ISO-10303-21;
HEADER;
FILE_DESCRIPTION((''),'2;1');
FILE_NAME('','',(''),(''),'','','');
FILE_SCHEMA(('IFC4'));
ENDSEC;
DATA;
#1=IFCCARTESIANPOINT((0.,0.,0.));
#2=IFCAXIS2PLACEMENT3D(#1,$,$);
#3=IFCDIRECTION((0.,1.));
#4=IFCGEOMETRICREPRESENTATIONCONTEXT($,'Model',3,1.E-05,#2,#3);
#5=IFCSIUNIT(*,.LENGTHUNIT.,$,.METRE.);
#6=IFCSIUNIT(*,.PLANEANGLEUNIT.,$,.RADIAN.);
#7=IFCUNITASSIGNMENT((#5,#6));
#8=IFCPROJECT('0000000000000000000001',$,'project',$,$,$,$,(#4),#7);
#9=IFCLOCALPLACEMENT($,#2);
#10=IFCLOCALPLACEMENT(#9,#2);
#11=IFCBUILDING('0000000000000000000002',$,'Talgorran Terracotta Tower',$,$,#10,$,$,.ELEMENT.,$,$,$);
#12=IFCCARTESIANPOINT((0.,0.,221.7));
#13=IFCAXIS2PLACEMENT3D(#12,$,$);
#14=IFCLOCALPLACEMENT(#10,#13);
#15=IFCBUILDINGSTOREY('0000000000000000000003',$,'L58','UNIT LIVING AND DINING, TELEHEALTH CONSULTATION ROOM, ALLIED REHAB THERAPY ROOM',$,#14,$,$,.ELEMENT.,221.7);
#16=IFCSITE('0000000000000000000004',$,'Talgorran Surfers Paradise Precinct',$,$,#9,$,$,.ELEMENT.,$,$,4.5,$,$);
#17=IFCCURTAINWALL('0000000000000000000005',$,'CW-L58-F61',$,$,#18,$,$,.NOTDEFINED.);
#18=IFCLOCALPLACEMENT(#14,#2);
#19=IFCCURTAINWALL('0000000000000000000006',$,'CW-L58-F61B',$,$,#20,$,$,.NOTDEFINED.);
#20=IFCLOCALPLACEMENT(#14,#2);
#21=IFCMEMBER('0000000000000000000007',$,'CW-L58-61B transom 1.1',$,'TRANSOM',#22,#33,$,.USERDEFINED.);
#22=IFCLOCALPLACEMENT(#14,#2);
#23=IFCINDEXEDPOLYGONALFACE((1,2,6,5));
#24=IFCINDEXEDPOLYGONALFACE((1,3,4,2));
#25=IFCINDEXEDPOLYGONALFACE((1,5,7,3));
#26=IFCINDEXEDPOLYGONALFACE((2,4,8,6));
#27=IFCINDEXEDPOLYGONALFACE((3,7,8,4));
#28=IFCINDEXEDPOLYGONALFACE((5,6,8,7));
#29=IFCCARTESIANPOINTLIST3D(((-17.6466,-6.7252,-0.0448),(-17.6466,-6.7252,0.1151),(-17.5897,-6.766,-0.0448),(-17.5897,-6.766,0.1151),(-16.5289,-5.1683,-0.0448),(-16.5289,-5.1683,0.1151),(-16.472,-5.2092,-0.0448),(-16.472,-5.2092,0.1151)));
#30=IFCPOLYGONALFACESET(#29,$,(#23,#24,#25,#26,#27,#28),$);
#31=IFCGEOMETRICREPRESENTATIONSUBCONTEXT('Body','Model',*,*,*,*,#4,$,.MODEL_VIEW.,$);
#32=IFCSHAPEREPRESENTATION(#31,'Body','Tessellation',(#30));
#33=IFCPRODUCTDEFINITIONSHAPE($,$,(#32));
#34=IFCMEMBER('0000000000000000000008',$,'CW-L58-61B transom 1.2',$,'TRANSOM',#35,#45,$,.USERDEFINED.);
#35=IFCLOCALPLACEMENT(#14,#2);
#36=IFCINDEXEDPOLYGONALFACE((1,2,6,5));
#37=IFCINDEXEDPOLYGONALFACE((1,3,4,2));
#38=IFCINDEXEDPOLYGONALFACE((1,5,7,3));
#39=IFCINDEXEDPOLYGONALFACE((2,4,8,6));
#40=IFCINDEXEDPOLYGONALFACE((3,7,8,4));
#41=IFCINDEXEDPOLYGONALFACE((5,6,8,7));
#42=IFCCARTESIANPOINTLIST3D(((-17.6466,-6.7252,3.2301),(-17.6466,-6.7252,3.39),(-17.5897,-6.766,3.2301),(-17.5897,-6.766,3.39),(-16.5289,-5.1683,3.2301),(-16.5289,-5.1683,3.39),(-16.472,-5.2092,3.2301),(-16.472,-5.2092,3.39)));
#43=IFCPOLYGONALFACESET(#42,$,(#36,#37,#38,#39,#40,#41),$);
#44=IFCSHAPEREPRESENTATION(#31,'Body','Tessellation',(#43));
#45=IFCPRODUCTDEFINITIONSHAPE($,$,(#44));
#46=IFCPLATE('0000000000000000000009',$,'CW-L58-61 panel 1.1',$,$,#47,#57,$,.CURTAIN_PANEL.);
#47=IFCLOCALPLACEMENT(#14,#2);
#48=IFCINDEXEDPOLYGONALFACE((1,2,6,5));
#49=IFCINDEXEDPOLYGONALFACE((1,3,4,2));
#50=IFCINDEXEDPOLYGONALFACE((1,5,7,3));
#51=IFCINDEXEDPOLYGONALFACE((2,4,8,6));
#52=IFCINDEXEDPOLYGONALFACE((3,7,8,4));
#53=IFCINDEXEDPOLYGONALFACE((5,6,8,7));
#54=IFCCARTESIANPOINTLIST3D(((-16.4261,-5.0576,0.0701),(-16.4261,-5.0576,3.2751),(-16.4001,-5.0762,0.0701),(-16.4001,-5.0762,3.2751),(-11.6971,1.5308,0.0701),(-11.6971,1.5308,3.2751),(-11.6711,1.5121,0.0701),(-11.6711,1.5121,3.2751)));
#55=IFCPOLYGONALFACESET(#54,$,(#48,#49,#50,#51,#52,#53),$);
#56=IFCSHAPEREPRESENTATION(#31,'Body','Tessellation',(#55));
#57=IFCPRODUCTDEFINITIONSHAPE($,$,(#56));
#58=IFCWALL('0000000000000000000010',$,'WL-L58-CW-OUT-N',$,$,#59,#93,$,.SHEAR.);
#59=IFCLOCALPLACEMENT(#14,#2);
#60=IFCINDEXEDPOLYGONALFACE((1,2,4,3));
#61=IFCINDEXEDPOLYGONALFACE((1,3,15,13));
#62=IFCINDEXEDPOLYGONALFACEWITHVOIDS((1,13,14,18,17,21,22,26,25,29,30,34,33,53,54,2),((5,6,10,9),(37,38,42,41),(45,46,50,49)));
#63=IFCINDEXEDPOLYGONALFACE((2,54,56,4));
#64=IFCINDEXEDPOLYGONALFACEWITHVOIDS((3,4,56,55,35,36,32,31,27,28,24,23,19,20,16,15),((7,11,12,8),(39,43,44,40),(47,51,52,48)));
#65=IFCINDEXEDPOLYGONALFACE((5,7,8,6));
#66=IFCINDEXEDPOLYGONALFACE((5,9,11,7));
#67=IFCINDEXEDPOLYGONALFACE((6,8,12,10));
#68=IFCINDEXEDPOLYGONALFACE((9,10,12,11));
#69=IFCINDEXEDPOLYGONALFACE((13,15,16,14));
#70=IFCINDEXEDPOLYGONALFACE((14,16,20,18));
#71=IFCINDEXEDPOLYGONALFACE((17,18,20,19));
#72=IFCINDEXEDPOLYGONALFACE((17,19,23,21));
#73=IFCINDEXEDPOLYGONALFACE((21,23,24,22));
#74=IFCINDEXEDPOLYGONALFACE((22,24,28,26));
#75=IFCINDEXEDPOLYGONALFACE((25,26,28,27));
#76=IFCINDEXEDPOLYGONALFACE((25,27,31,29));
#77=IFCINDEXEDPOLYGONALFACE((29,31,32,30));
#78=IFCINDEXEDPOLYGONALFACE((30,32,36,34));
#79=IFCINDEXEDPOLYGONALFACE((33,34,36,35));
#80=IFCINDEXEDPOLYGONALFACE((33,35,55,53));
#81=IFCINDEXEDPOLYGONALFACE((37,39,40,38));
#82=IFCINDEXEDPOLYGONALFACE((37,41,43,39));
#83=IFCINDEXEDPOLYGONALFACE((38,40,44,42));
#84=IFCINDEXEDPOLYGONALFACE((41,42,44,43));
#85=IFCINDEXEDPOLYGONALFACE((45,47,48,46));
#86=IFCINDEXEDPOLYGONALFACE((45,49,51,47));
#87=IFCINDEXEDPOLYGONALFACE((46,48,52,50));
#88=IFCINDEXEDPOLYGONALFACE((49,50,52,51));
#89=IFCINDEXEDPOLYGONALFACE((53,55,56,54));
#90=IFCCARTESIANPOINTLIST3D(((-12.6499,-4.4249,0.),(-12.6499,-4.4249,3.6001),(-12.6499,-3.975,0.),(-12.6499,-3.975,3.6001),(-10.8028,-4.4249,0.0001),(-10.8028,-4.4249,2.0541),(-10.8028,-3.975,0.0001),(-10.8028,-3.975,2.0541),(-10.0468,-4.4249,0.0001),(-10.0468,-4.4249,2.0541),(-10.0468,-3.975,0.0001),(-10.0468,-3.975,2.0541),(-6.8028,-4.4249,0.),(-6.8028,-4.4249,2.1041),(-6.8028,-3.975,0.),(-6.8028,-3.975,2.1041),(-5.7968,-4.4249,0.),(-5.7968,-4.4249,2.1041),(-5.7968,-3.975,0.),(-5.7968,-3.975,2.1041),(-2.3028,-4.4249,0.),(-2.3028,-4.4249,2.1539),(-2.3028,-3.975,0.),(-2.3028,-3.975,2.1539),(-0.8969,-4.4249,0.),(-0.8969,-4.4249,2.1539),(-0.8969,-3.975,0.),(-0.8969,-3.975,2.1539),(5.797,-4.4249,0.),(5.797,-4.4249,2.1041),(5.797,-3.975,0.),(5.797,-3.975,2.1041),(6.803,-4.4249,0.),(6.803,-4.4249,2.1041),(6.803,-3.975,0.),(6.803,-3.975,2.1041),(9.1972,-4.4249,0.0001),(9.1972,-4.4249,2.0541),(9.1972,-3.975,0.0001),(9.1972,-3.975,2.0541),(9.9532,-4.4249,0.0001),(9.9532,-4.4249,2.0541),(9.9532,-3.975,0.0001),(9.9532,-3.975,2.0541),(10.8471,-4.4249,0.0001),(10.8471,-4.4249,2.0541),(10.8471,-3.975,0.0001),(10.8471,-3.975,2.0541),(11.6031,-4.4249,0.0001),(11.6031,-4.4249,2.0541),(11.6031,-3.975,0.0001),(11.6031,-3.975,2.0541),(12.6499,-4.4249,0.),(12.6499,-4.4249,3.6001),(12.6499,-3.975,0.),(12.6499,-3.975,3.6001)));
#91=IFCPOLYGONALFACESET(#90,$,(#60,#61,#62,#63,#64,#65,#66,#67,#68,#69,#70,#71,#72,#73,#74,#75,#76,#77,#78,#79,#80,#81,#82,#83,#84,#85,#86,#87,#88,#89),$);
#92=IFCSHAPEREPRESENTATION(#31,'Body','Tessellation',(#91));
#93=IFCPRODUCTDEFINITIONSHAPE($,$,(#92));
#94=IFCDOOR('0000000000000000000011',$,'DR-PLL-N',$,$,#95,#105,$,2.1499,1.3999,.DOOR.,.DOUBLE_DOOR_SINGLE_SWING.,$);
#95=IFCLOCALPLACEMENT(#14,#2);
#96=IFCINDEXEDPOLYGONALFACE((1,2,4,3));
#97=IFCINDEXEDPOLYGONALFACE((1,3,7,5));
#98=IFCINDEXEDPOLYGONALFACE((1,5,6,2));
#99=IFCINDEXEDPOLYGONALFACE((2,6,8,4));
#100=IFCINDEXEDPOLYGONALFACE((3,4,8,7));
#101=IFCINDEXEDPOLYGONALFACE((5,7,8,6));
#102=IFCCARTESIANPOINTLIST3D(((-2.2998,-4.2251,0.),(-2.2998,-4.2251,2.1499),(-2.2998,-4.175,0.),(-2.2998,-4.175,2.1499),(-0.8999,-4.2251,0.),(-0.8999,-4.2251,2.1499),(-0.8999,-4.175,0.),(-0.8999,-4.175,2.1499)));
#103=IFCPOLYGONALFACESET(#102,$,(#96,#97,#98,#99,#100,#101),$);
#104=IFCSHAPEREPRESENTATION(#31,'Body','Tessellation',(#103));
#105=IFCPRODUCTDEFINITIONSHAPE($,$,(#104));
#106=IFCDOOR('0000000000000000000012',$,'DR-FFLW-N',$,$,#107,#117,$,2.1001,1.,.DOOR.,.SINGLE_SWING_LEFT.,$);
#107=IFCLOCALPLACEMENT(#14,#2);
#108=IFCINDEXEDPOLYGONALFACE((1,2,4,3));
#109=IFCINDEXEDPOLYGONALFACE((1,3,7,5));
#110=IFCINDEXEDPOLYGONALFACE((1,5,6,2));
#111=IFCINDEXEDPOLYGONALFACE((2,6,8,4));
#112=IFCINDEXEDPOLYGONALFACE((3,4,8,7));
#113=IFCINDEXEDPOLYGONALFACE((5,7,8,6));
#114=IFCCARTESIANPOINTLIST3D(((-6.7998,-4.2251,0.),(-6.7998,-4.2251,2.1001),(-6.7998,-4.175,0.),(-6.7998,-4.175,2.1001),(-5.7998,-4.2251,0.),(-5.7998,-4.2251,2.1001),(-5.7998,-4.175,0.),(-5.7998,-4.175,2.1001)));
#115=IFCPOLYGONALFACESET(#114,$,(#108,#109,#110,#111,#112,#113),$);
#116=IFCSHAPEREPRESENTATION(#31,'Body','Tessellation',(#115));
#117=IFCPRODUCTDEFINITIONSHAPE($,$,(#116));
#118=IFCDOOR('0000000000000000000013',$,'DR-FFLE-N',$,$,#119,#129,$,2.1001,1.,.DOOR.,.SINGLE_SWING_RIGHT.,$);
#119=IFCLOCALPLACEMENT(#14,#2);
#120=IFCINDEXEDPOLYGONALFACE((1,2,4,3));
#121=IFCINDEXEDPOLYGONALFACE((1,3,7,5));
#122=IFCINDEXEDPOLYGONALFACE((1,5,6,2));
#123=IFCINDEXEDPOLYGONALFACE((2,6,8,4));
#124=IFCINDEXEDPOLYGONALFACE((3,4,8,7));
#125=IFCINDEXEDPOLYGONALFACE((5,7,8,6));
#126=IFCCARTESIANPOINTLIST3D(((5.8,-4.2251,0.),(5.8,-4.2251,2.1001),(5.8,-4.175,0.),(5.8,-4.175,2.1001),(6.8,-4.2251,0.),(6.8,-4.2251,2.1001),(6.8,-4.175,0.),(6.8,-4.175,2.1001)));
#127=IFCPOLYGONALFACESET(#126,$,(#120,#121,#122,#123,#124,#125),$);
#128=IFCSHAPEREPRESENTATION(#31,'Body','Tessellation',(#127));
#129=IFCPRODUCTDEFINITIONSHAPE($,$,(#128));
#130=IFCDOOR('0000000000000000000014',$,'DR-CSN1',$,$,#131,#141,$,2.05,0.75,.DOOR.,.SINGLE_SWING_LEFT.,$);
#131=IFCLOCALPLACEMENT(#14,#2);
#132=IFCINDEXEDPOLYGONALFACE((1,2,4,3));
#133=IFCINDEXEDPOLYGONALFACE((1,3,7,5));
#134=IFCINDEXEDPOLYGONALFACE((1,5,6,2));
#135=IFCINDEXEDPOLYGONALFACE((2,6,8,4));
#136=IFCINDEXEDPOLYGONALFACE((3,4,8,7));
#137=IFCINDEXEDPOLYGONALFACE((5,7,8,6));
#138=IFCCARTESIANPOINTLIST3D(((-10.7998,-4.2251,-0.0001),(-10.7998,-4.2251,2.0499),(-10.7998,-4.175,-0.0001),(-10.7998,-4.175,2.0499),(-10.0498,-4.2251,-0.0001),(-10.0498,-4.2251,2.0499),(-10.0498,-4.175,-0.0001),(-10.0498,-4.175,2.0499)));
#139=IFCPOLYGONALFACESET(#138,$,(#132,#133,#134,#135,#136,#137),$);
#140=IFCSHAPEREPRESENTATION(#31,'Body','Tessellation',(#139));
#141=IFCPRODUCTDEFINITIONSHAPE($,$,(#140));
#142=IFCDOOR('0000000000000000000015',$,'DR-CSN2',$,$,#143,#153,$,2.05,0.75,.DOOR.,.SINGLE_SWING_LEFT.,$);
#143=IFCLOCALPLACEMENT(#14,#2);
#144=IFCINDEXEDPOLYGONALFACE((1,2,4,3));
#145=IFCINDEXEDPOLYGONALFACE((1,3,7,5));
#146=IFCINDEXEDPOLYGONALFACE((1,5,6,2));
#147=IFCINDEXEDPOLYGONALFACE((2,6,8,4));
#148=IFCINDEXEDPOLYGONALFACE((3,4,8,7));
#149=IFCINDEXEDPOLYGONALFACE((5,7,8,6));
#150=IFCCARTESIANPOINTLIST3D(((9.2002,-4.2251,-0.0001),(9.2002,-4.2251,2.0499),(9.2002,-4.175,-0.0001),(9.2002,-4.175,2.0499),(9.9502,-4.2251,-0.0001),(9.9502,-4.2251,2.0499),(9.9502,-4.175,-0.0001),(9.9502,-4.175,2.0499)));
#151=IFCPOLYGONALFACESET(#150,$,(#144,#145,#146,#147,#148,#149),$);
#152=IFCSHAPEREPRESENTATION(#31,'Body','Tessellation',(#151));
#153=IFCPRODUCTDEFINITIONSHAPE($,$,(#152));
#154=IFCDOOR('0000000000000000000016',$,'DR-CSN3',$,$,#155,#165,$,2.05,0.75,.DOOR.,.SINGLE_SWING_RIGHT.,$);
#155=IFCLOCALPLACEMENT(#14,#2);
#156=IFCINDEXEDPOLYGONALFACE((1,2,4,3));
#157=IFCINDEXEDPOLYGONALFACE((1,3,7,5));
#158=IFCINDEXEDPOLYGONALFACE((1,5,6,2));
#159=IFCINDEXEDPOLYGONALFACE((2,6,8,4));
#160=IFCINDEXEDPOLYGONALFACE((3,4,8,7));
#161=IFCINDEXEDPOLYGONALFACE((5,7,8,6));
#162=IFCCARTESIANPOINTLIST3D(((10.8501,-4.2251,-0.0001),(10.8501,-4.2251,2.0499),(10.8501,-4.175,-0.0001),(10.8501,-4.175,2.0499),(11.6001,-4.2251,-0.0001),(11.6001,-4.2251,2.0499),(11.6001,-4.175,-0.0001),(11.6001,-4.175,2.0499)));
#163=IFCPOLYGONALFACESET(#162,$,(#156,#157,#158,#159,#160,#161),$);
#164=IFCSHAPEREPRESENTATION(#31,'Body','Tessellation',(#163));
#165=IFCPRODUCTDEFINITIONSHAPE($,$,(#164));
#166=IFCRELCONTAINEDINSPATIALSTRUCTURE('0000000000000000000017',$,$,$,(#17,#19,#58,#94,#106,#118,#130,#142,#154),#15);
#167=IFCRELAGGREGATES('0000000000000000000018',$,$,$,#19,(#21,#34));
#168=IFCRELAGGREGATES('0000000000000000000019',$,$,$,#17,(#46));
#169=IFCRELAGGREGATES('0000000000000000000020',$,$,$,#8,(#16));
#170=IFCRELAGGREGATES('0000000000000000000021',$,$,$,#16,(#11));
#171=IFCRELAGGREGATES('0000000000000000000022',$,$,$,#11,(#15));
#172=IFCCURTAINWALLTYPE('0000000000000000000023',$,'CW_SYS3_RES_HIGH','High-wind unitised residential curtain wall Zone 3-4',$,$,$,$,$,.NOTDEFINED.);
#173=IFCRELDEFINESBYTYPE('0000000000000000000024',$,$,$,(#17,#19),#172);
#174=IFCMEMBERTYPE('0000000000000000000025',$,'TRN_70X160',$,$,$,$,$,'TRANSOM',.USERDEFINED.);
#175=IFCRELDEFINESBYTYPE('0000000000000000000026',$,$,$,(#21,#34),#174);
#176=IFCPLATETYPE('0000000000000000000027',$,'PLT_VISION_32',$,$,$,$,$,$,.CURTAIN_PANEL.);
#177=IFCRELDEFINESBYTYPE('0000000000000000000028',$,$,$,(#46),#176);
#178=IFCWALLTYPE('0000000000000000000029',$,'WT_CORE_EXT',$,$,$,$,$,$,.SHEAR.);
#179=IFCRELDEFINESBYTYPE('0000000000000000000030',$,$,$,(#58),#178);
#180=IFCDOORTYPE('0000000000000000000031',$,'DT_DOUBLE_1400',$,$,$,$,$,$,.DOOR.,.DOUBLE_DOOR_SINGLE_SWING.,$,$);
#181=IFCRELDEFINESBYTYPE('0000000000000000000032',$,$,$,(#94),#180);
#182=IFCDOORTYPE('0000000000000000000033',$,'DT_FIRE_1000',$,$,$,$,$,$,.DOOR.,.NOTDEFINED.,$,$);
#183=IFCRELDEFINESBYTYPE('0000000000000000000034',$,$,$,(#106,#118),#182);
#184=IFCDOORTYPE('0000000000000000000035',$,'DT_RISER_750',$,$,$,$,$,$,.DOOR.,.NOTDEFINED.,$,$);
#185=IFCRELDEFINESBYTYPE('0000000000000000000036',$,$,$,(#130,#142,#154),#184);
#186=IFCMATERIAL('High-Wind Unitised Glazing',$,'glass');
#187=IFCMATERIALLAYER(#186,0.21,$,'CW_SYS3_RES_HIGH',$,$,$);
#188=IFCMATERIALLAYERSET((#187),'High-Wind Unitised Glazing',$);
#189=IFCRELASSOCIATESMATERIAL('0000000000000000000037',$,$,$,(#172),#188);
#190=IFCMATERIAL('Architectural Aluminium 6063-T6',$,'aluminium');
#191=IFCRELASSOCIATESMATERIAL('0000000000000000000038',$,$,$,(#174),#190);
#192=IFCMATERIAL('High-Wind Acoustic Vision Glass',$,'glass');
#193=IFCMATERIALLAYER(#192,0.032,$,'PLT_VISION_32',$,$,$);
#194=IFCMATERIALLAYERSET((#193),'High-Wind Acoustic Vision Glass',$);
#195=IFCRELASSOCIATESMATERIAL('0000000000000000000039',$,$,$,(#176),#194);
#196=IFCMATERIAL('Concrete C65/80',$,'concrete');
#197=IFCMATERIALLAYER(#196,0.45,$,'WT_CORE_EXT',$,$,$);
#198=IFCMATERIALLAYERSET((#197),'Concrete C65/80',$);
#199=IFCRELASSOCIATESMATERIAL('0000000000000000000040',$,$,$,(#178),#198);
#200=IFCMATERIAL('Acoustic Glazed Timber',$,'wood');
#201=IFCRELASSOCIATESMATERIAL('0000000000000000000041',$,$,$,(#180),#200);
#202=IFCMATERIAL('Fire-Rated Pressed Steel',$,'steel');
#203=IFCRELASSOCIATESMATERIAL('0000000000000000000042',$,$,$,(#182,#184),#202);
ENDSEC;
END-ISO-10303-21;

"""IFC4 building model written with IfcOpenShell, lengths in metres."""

from ifc_helpers import new_model, si_unit, direction, frame, frame_2d, origin, origin_2d, place, context, subcontext, project, spatial, rectangle, extrude, source, transform, mapped, material, layer, layer_set, material_profile, profile_set, type_object, type_shapes, element, fill, aggregate, save


model = new_model("IFC4")

# Units and contexts
model_context = context("Model", 3, precision=1e-05, world=origin(), true_north=direction((0.0, 1.0)))
body_context = subcontext(model_context, "Body", "Model", "MODEL_VIEW")
ifc_project = project(units=[si_unit("LENGTHUNIT", "METRE"), si_unit("PLANEANGLEUNIT", "RADIAN")], contexts=[model_context])

# Site, building, storey
site_placement = place(None, origin())
site = spatial("IfcSite", under=ifc_project, at=site_placement, Name="Talgorran Surfers Paradise Precinct", CompositionType="ELEMENT", RefElevation=4.5)
building_placement = place(site_placement, origin())
building = spatial("IfcBuilding", under=site, at=building_placement, Name="Talgorran Terracotta Tower", CompositionType="ELEMENT")
storey_placement = place(building_placement, frame((0.0, 0.0, 221.7)))
storey = spatial("IfcBuildingStorey", under=building, at=storey_placement, Name="L58", Description="UNIT LIVING AND DINING, TELEHEALTH CONSULTATION ROOM, ALLIED REHAB THERAPY ROOM", CompositionType="ELEMENT", Elevation=221.7)

# Curtain wall
ifc_material_1 = material(Name="High-Wind Unitised Glazing", Category="glass")
ifc_layer_1 = layer(ifc_material_1, 0.21, Name="CW_SYS3_RES_HIGH")
ifc_layer_set_1 = layer_set([ifc_layer_1], Name="High-Wind Unitised Glazing")
curtain_wall_type = type_object("IfcCurtainWallType", Name="CW_SYS3_RES_HIGH", Description="High-wind unitised residential curtain wall Zone 3-4", PredefinedType="NOTDEFINED", material=ifc_layer_set_1)
curtain_wall_1_placement = place(storey_placement, origin())
curtain_wall_1 = element("IfcCurtainWall", 1, at=curtain_wall_1_placement, inside=storey, type_object=curtain_wall_type, Name="CW-L58-F61", PredefinedType="NOTDEFINED")
ifc_material_2 = material(Name="Architectural Aluminium 6063-T6", Category="aluminium")

# Curtain wall, members
curtain_wall_2_placement = place(storey_placement, origin())
curtain_wall_2 = element("IfcCurtainWall", 2, at=curtain_wall_2_placement, inside=storey, type_object=curtain_wall_type, Name="CW-L58-F61B", PredefinedType="NOTDEFINED")
ifc_material_profile_1 = material_profile(ifc_material_2, rectangle(XDim=0.0701, YDim=0.1599, at=origin_2d()), Name="CWT70X160")
ifc_profile_set_1 = profile_set([ifc_material_profile_1], Name="Architectural Aluminium 6063-T6")
member_type_1 = type_object("IfcMemberType", Name="TRN_70X160", ElementType="TRANSOM", PredefinedType="USERDEFINED", material=ifc_profile_set_1)
member_1_placement = place(storey_placement, frame((-16.5005, -5.1887, 0.0352), z_axis=(-0.583177, -0.812345, 0.0), x_axis=(0.812345, -0.583177, 0.0)))
member_1 = element("IfcMember", 3, at=member_1_placement, type_object=member_type_1, Name="CW-L58-61B transom 1.1", ObjectType="TRANSOM", PredefinedType="USERDEFINED", context=body_context, shape_type="SweptSolid", body=[
    extrude(rectangle(XDim=0.0701, YDim=0.1599, at=origin_2d()), origin(), (0.0, 0.0, 1.0), 1.9165),
])
member_2_placement = place(storey_placement, frame((-16.5005, -5.1887, 3.3101), z_axis=(-0.583177, -0.812345, 0.0), x_axis=(0.812345, -0.583177, 0.0)))
member_2 = element("IfcMember", 4, at=member_2_placement, type_object=member_type_1, Name="CW-L58-61B transom 1.2", ObjectType="TRANSOM", PredefinedType="USERDEFINED", context=body_context, shape_type="SweptSolid", body=[
    extrude(rectangle(XDim=0.0701, YDim=0.1599, at=origin_2d()), origin(), (0.0, 0.0, 1.0), 1.9165),
])
aggregate(curtain_wall_2, [member_1, member_2])

# Plate
ifc_material_3 = material(Name="High-Wind Acoustic Vision Glass", Category="glass")
ifc_layer_2 = layer(ifc_material_3, 0.032, Name="PLT_VISION_32")
ifc_layer_set_2 = layer_set([ifc_layer_2], Name="High-Wind Acoustic Vision Glass")
plate_type = type_object("IfcPlateType", Name="PLT_VISION_32", PredefinedType="CURTAIN_PANEL", material=ifc_layer_set_2)
shared_shape = source(origin(), body_context, "Body", "SweptSolid", [
    extrude(rectangle(XDim=8.1099, YDim=0.032, at=origin_2d()), origin(), (0.0, 0.0, 1.0), 3.2051),
])
type_shapes(plate_type, [shared_shape])
plate_placement = place(storey_placement, frame((-14.0486, -1.7727, 0.0701), z_axis=(0.0, 0.0, 1.0), x_axis=(-0.583119, -0.812386, 0.0)))
plate = element("IfcPlate", 5, at=plate_placement, type_object=plate_type, Name="CW-L58-61 panel 1.1", PredefinedType="CURTAIN_PANEL", context=body_context, shape_type="MappedRepresentation", body=[
    mapped(shared_shape, transform((0.0, 0.0, 0.0), scale=1.0)),
])
aggregate(curtain_wall_1, [plate])

# Wall, openings, doors
ifc_material_4 = material(Name="Concrete C65/80", Category="concrete")
ifc_layer_3 = layer(ifc_material_4, 0.45, Name="WT_CORE_EXT")
ifc_layer_set_3 = layer_set([ifc_layer_3], Name="Concrete C65/80")
wall_type_1 = type_object("IfcWallType", Name="WT_CORE_EXT", PredefinedType="SHEAR", material=ifc_layer_set_3)
wall_1_placement = place(storey_placement, frame((-12.6499, -4.2, 0.0), z_axis=(0.0, 0.0, 1.0), x_axis=(1.0, 0.0, 0.0)))
wall_1 = element("IfcWall", 6, at=wall_1_placement, inside=storey, type_object=wall_type_1, Name="WL-L58-CW-OUT-N", PredefinedType="SHEAR", context=body_context, shape_type="SweptSolid", body=[
    extrude(rectangle(XDim=25.2998, YDim=0.45, at=frame_2d((12.6499, 0.0))), origin(), (0.0, 0.0, 1.0), 3.6001),
])
opening_1_placement = place(wall_1_placement, frame((1.8501, 0.0, 0.0)))
opening_1 = element("IfcOpeningElement", 7, at=opening_1_placement, cuts=wall_1, PredefinedType="OPENING", context=body_context, shape_type="SweptSolid", body=[
    extrude(rectangle(XDim=0.756, YDim=2.054, at=frame_2d((0.375, 1.0271))), frame((0.0, 0.2349, 0.0), z_axis=(0.0, -1.0, 0.0), x_axis=(1.0, 0.0, 0.0)), (0.0, 0.0, 1.0), 0.47),
])
opening_2_placement = place(wall_1_placement, frame((21.8501, 0.0, 0.0)))
opening_2 = element("IfcOpeningElement", 8, at=opening_2_placement, cuts=wall_1, PredefinedType="OPENING", context=body_context, shape_type="SweptSolid", body=[
    extrude(rectangle(XDim=0.756, YDim=2.054, at=frame_2d((0.375, 1.0271))), frame((0.0, 0.2349, 0.0), z_axis=(0.0, -1.0, 0.0), x_axis=(1.0, 0.0, 0.0)), (0.0, 0.0, 1.0), 0.47),
])
opening_3_placement = place(wall_1_placement, frame((23.5, 0.0, 0.0)))
opening_3 = element("IfcOpeningElement", 9, at=opening_3_placement, cuts=wall_1, PredefinedType="OPENING", context=body_context, shape_type="SweptSolid", body=[
    extrude(rectangle(XDim=0.756, YDim=2.054, at=frame_2d((0.375, 1.0271))), frame((0.0, 0.2349, 0.0), z_axis=(0.0, -1.0, 0.0), x_axis=(1.0, 0.0, 0.0)), (0.0, 0.0, 1.0), 0.47),
])
opening_4_placement = place(wall_1_placement, frame((5.8501, 0.0, 0.0)))
opening_4 = element("IfcOpeningElement", 10, at=opening_4_placement, cuts=wall_1, PredefinedType="OPENING", context=body_context, shape_type="SweptSolid", body=[
    extrude(rectangle(XDim=1.006, YDim=2.1041, at=frame_2d((0.5, 1.052))), frame((0.0, 0.2349, 0.0), z_axis=(0.0, -1.0, 0.0), x_axis=(1.0, 0.0, 0.0)), (0.0, 0.0, 1.0), 0.47),
])
opening_5_placement = place(wall_1_placement, frame((10.3501, 0.0, 0.0)))
opening_5 = element("IfcOpeningElement", 11, at=opening_5_placement, cuts=wall_1, PredefinedType="OPENING", context=body_context, shape_type="SweptSolid", body=[
    extrude(rectangle(XDim=1.4059, YDim=2.1539, at=frame_2d((0.7, 1.0769))), frame((0.0, 0.2349, 0.0), z_axis=(0.0, -1.0, 0.0), x_axis=(1.0, 0.0, 0.0)), (0.0, 0.0, 1.0), 0.47),
])
opening_6_placement = place(wall_1_placement, frame((18.45, 0.0, 0.0)))
opening_6 = element("IfcOpeningElement", 12, at=opening_6_placement, cuts=wall_1, PredefinedType="OPENING", context=body_context, shape_type="SweptSolid", body=[
    extrude(rectangle(XDim=1.006, YDim=2.1041, at=frame_2d((0.5, 1.052))), frame((0.0, 0.2349, 0.0), z_axis=(0.0, -1.0, 0.0), x_axis=(1.0, 0.0, 0.0)), (0.0, 0.0, 1.0), 0.47),
])
ifc_material_5 = material(Name="Acoustic Glazed Timber", Category="wood")
door_type_1 = type_object("IfcDoorType", Name="DT_DOUBLE_1400", OperationType="DOUBLE_DOOR_SINGLE_SWING", PredefinedType="DOOR", material=ifc_material_5)
door_1_placement = place(opening_5_placement, origin())
door_1 = element("IfcDoor", 13, at=door_1_placement, inside=storey, type_object=door_type_1, Name="DR-PLL-N", OperationType="DOUBLE_DOOR_SINGLE_SWING", OverallHeight=2.1499, OverallWidth=1.3999, PredefinedType="DOOR", context=body_context, shape_type="SweptSolid", body=[
    extrude(rectangle(XDim=1.3999, YDim=2.1499, at=frame_2d((0.7, 1.075))), frame((0.0, 0.0249, 0.0), z_axis=(0.0, -1.0, 0.0), x_axis=(1.0, 0.0, 0.0)), (0.0, 0.0, 1.0), 0.05),
])
fill(opening_5, door_1)
ifc_material_6 = material(Name="Fire-Rated Pressed Steel", Category="steel")
door_type_2 = type_object("IfcDoorType", Name="DT_FIRE_1000", OperationType="NOTDEFINED", PredefinedType="DOOR", material=ifc_material_6)
door_2_placement = place(opening_4_placement, origin())
door_2 = element("IfcDoor", 14, at=door_2_placement, inside=storey, type_object=door_type_2, Name="DR-FFLW-N", OperationType="SINGLE_SWING_LEFT", OverallHeight=2.1001, OverallWidth=1.0, PredefinedType="DOOR", context=body_context, shape_type="SweptSolid", body=[
    extrude(rectangle(XDim=1.0, YDim=2.1001, at=frame_2d((0.5, 1.05))), frame((0.0, 0.0249, 0.0), z_axis=(0.0, -1.0, 0.0), x_axis=(1.0, 0.0, 0.0)), (0.0, 0.0, 1.0), 0.05),
])
fill(opening_4, door_2)
door_3_placement = place(opening_6_placement, origin())
door_3 = element("IfcDoor", 15, at=door_3_placement, inside=storey, type_object=door_type_2, Name="DR-FFLE-N", OperationType="SINGLE_SWING_RIGHT", OverallHeight=2.1001, OverallWidth=1.0, PredefinedType="DOOR", context=body_context, shape_type="SweptSolid", body=[
    extrude(rectangle(XDim=1.0, YDim=2.1001, at=frame_2d((0.5, 1.05))), frame((0.0, 0.0249, 0.0), z_axis=(0.0, -1.0, 0.0), x_axis=(1.0, 0.0, 0.0)), (0.0, 0.0, 1.0), 0.05),
])
fill(opening_6, door_3)
door_type_3 = type_object("IfcDoorType", Name="DT_RISER_750", OperationType="NOTDEFINED", PredefinedType="DOOR", material=ifc_material_6)
door_4_placement = place(opening_1_placement, origin())
door_4 = element("IfcDoor", 16, at=door_4_placement, inside=storey, type_object=door_type_3, Name="DR-CSN1", OperationType="SINGLE_SWING_LEFT", OverallHeight=2.05, OverallWidth=0.75, PredefinedType="DOOR", context=body_context, shape_type="SweptSolid", body=[
    extrude(rectangle(XDim=0.75, YDim=2.05, at=frame_2d((0.375, 1.0249))), frame((0.0, 0.0249, 0.0), z_axis=(0.0, -1.0, 0.0), x_axis=(1.0, 0.0, 0.0)), (0.0, 0.0, 1.0), 0.05),
])
fill(opening_1, door_4)
door_5_placement = place(opening_2_placement, origin())
door_5 = element("IfcDoor", 17, at=door_5_placement, inside=storey, type_object=door_type_3, Name="DR-CSN2", OperationType="SINGLE_SWING_LEFT", OverallHeight=2.05, OverallWidth=0.75, PredefinedType="DOOR", context=body_context, shape_type="SweptSolid", body=[
    extrude(rectangle(XDim=0.75, YDim=2.05, at=frame_2d((0.375, 1.0249))), frame((0.0, 0.0249, 0.0), z_axis=(0.0, -1.0, 0.0), x_axis=(1.0, 0.0, 0.0)), (0.0, 0.0, 1.0), 0.05),
])
fill(opening_2, door_5)
door_6_placement = place(opening_3_placement, origin())
door_6 = element("IfcDoor", 18, at=door_6_placement, inside=storey, type_object=door_type_3, Name="DR-CSN3", OperationType="SINGLE_SWING_RIGHT", OverallHeight=2.05, OverallWidth=0.75, PredefinedType="DOOR", context=body_context, shape_type="SweptSolid", body=[
    extrude(rectangle(XDim=0.75, YDim=2.05, at=frame_2d((0.375, 1.0249))), frame((0.0, 0.0249, 0.0), z_axis=(0.0, -1.0, 0.0), x_axis=(1.0, 0.0, 0.0)), (0.0, 0.0, 1.0), 0.05),
])
fill(opening_3, door_6)

save(model, "model.ifc")
